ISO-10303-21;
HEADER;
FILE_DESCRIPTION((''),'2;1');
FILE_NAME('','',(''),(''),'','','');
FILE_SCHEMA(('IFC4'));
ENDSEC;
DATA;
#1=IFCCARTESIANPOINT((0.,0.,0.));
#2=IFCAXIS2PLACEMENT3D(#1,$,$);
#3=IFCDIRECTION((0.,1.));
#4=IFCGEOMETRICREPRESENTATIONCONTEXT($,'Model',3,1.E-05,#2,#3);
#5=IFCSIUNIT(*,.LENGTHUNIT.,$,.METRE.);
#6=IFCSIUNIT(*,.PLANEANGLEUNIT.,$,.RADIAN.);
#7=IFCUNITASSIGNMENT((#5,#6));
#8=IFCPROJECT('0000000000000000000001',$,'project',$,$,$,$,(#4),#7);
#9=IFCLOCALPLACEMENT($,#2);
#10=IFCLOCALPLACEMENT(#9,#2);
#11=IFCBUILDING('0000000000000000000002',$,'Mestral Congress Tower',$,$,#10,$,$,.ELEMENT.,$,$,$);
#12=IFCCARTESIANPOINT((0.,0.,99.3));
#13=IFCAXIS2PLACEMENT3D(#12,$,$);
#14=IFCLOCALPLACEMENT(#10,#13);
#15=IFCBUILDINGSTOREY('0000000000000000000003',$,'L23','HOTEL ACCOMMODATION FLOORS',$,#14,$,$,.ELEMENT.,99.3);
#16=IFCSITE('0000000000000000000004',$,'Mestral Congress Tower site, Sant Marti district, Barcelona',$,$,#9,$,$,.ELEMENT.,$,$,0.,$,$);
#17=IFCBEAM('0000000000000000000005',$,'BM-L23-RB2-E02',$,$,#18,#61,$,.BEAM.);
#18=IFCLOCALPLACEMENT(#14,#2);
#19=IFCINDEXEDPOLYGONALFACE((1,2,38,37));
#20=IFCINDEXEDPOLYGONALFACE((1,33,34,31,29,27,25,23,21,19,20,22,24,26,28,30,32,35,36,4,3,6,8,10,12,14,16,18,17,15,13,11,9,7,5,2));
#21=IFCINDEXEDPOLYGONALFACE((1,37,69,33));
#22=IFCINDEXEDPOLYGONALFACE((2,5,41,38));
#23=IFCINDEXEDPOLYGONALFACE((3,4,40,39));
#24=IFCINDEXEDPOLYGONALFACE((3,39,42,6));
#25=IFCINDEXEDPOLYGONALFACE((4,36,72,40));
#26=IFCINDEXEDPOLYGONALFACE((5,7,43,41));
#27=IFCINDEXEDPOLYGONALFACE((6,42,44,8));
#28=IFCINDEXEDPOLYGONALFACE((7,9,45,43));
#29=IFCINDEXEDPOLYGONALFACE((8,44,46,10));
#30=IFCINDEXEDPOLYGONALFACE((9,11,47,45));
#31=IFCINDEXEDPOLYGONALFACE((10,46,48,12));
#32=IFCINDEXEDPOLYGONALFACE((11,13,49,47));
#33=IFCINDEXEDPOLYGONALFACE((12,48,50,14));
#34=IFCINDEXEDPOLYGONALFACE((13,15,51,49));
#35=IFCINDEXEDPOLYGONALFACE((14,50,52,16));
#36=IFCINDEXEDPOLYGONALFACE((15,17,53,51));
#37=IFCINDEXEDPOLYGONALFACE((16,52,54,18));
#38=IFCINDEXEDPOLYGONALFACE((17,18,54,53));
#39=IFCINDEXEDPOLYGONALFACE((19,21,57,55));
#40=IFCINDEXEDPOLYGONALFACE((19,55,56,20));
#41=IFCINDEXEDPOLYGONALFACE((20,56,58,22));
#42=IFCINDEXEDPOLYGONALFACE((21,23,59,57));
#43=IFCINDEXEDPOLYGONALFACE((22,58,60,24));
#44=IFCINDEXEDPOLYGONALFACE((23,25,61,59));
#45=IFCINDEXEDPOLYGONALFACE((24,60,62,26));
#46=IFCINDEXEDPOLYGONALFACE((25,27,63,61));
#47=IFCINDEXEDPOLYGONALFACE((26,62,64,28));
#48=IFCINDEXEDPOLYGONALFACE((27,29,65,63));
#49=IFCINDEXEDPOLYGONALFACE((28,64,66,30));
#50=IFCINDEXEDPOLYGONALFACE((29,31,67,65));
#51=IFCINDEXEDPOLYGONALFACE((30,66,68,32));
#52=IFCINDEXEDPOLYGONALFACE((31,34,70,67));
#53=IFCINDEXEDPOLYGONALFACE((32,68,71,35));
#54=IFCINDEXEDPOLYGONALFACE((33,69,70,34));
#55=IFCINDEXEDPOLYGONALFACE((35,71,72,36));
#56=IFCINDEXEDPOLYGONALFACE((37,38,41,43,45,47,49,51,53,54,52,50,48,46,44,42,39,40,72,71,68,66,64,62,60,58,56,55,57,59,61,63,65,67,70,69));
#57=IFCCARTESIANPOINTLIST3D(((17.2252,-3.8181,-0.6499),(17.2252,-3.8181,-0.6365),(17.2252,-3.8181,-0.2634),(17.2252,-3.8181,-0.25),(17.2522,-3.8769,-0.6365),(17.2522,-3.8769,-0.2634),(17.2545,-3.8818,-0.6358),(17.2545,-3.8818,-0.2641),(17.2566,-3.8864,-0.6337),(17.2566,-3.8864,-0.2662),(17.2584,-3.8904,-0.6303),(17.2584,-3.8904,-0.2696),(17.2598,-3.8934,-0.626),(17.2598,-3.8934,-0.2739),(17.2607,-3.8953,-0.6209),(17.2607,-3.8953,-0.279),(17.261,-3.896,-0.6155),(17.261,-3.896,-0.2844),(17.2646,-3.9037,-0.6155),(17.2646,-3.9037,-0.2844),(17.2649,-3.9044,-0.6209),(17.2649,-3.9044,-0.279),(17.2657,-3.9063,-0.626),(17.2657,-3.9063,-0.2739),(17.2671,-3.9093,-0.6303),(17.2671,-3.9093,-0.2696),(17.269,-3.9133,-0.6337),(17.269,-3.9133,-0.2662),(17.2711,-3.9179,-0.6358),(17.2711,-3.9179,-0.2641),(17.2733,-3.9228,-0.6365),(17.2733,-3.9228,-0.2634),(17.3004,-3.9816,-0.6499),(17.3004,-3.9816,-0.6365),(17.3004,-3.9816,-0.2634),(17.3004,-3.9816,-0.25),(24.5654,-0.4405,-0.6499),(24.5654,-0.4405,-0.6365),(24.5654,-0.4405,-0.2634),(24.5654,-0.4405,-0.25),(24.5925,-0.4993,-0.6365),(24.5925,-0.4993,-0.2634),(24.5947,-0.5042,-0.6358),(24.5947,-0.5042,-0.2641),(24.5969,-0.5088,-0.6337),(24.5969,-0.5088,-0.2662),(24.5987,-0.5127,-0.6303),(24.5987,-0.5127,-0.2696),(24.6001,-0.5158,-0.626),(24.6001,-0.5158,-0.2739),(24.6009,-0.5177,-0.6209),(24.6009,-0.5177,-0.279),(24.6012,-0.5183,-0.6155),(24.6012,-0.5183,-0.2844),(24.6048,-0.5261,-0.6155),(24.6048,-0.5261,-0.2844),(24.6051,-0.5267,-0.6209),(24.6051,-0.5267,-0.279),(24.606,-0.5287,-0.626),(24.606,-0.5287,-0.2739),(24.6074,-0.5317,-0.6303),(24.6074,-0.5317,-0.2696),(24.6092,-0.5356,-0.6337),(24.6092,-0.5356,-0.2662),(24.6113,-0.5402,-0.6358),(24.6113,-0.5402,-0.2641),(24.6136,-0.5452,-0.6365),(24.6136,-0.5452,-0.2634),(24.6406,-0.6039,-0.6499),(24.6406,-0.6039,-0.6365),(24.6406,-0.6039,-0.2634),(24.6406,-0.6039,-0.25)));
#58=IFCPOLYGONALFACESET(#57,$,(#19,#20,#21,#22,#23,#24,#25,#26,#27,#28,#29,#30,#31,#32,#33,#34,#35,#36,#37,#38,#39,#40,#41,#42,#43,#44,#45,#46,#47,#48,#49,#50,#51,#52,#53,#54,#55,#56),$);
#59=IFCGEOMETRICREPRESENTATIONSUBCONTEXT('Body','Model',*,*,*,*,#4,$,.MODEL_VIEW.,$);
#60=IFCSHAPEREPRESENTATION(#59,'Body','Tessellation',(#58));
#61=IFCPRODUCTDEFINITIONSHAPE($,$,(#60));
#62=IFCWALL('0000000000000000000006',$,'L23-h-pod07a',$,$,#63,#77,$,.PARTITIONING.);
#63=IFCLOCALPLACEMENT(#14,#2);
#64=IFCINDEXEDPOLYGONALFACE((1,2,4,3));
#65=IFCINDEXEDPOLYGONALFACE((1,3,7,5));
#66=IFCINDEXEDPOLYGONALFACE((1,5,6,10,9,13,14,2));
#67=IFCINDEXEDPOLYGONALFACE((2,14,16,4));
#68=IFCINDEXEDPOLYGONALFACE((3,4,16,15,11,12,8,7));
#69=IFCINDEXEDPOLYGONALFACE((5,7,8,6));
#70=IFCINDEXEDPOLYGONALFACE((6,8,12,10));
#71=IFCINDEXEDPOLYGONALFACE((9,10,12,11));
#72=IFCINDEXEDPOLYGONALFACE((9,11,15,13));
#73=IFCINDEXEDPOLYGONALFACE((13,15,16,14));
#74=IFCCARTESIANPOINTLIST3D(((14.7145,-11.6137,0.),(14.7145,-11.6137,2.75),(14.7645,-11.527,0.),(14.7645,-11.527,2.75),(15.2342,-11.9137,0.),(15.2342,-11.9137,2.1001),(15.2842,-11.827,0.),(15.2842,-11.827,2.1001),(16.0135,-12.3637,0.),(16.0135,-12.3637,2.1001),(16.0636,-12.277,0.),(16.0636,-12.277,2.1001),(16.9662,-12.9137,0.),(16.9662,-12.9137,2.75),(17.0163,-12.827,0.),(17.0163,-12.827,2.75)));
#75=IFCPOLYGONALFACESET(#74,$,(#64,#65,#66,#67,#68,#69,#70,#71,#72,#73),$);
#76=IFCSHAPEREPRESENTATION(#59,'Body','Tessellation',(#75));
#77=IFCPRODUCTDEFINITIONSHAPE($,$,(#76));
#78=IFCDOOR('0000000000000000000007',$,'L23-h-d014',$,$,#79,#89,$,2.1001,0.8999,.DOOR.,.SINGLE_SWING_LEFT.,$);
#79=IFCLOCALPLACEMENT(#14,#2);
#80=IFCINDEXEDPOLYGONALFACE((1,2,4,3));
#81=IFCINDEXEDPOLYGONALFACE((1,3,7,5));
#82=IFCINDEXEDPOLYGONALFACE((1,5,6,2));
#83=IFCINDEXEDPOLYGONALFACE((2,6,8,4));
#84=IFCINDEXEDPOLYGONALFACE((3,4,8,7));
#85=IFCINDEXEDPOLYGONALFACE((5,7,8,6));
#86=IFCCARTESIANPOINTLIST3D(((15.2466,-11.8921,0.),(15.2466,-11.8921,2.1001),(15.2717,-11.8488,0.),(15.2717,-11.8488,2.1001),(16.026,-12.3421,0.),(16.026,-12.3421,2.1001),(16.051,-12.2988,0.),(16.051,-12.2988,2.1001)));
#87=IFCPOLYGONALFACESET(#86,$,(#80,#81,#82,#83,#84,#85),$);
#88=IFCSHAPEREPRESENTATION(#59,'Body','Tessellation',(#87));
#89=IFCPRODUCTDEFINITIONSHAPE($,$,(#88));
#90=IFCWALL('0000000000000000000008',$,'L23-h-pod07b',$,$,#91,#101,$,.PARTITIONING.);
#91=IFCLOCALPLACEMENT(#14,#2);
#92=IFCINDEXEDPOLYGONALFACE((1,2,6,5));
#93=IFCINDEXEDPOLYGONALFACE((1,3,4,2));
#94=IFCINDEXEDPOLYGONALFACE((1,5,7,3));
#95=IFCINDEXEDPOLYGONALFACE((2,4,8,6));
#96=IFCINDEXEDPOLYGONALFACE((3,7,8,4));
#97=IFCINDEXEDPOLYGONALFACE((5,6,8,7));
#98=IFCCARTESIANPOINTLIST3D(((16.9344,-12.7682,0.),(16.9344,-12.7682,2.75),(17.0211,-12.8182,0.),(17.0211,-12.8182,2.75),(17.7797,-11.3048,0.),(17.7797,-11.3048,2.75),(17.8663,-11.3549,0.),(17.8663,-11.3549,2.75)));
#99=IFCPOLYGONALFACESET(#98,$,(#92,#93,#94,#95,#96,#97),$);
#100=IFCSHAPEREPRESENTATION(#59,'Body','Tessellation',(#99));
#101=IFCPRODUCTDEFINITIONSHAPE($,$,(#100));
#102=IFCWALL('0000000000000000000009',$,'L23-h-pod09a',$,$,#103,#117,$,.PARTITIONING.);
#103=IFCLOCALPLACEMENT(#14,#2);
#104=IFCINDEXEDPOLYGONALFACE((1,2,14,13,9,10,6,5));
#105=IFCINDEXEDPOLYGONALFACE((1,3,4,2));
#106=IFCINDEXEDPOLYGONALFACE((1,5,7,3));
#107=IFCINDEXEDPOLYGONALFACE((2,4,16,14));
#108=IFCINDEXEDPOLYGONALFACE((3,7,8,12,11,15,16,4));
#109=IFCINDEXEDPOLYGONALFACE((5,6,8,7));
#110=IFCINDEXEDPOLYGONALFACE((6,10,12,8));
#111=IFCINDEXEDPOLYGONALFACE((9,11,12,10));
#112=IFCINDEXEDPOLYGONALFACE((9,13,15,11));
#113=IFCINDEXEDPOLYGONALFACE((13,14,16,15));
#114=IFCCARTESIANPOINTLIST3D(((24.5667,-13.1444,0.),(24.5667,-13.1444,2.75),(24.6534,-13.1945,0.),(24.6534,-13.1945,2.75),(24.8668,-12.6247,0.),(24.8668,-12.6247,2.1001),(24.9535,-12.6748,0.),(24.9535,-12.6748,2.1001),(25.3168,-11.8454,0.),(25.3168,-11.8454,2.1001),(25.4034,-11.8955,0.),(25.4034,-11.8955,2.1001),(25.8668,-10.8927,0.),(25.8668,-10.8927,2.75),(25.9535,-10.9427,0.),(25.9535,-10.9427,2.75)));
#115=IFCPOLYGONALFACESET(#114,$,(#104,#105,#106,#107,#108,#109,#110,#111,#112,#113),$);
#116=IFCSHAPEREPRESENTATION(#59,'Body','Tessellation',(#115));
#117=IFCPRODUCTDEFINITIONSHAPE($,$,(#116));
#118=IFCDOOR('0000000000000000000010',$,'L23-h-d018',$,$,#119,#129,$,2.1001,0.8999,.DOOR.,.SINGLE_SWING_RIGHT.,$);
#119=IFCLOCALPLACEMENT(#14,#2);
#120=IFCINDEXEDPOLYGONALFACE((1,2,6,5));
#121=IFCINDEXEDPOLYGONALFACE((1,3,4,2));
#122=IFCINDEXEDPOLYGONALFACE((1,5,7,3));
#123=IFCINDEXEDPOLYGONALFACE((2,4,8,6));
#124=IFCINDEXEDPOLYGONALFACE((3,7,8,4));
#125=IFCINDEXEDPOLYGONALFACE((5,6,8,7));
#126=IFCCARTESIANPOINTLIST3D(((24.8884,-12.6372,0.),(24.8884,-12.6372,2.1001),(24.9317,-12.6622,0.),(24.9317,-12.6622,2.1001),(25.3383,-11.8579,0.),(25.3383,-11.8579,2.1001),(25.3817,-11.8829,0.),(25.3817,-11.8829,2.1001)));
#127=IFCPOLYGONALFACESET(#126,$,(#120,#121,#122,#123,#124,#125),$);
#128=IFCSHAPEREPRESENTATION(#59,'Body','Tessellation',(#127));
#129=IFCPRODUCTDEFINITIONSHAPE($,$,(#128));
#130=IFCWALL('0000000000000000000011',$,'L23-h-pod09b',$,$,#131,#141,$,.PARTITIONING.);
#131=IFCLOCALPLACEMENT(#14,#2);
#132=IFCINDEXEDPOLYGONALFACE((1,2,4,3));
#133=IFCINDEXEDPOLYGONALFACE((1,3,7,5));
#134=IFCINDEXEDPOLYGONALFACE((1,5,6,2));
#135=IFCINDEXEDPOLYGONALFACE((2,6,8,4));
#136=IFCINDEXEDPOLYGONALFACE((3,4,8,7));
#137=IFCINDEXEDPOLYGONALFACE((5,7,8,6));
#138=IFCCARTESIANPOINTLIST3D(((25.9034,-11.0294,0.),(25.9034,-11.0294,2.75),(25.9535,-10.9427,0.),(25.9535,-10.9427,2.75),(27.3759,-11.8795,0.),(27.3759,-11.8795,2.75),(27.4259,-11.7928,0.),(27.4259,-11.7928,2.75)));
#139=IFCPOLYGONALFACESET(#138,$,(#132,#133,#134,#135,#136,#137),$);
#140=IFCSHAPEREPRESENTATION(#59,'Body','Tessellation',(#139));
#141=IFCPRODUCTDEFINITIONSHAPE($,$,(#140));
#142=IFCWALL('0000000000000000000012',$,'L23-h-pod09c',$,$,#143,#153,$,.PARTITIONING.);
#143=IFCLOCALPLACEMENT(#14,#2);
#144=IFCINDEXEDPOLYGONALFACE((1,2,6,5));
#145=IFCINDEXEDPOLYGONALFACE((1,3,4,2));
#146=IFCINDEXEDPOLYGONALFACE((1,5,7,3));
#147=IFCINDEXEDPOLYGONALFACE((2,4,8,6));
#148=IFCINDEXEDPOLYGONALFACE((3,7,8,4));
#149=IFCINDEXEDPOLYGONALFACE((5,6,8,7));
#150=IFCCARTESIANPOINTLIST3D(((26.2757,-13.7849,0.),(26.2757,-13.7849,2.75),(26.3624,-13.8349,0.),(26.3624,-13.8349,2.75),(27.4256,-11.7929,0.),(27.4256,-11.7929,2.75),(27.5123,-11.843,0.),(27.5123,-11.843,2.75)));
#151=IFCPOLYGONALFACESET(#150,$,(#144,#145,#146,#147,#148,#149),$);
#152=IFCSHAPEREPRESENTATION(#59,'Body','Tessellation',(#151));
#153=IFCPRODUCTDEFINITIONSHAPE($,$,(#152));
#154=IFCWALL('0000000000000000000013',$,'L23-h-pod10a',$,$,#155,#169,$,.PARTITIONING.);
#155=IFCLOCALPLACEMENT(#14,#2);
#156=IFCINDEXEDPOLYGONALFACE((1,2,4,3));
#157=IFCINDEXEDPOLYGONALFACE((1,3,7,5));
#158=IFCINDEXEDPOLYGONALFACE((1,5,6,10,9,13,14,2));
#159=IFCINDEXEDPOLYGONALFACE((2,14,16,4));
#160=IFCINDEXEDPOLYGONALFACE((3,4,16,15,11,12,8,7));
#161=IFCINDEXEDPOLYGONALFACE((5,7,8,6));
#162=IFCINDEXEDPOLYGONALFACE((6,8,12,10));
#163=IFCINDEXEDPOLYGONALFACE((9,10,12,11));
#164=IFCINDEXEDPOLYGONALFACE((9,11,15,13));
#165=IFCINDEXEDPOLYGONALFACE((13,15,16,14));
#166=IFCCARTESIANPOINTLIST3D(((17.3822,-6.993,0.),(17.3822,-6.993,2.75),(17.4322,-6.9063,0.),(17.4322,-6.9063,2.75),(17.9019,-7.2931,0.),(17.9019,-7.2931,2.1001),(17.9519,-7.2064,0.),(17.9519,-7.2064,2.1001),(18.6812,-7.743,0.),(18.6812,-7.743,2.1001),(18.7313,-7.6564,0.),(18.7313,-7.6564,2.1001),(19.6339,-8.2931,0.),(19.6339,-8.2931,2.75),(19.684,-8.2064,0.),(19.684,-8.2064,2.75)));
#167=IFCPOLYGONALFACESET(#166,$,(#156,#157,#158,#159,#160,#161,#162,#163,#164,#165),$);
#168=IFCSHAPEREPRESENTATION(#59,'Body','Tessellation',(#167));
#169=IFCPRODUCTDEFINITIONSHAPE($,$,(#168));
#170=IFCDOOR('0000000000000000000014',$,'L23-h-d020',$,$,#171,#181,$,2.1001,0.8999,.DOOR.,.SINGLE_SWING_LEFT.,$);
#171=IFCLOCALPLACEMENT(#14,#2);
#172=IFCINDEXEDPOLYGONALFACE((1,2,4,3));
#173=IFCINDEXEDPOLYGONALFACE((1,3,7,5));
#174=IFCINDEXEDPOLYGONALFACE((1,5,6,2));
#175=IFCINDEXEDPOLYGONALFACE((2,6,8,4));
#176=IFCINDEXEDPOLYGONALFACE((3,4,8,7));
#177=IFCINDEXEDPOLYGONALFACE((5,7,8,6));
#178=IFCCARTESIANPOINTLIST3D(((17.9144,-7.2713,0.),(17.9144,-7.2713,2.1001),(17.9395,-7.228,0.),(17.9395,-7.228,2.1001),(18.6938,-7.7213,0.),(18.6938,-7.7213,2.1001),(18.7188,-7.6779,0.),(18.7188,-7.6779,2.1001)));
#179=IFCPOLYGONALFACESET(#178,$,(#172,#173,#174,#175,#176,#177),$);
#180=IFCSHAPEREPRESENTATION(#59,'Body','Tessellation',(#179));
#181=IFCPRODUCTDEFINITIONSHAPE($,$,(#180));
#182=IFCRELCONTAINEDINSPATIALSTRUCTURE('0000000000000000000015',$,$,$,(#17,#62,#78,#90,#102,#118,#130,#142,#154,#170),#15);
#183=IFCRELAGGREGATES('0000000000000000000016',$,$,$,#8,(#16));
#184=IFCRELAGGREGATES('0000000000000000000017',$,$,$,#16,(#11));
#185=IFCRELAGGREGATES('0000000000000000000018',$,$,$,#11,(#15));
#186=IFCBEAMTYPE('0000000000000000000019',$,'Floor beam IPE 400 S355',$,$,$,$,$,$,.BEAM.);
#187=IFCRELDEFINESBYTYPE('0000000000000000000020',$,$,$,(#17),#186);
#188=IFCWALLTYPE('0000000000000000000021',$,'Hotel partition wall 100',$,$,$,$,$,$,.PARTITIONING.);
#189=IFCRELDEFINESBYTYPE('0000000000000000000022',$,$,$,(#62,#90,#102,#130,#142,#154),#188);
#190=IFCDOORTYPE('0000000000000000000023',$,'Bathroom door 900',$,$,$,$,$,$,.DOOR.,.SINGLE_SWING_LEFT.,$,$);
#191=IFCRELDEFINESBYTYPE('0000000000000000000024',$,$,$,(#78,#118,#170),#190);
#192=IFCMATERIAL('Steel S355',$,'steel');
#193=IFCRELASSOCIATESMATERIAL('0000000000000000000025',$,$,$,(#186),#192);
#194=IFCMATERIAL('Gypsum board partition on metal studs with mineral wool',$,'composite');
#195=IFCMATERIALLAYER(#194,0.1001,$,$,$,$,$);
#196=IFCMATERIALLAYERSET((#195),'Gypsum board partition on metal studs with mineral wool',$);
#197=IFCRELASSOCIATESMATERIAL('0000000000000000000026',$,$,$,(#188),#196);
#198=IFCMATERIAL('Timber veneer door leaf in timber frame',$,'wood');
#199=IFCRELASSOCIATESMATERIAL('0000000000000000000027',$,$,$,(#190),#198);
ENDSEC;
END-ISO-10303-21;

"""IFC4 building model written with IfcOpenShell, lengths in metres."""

from ifc_helpers import new_model, si_unit, direction, frame, frame_2d, origin, origin_2d, place, context, subcontext, project, spatial, rectangle, i_section, extrude, material, layer, layer_set, material_profile, profile_set, type_object, element, fill, save


model = new_model("IFC4")

# Units and contexts
model_context = context("Model", 3, precision=1e-05, world=origin(), true_north=direction((0.0, 1.0)))
body_context = subcontext(model_context, "Body", "Model", "MODEL_VIEW")
ifc_project = project(units=[si_unit("LENGTHUNIT", "METRE"), si_unit("PLANEANGLEUNIT", "RADIAN")], contexts=[model_context])

# Site, building, storey
site_placement = place(None, origin())
site = spatial("IfcSite", under=ifc_project, at=site_placement, Name="Mestral Congress Tower site, Sant Marti district, Barcelona", CompositionType="ELEMENT", RefElevation=0.0)
building_placement = place(site_placement, origin())
building = spatial("IfcBuilding", under=site, at=building_placement, Name="Mestral Congress Tower", CompositionType="ELEMENT")
storey_placement = place(building_placement, frame((0.0, 0.0, 99.3)))
storey = spatial("IfcBuildingStorey", under=building, at=storey_placement, Name="L23", Description="HOTEL ACCOMMODATION FLOORS", CompositionType="ELEMENT", Elevation=99.3)

# Beam
ifc_material_1 = material(Name="Steel S355", Category="steel")
ifc_material_profile = material_profile(ifc_material_1, i_section(OverallWidth=0.1799, OverallDepth=0.3999, WebThickness=0.0085, FlangeThickness=0.0134, FilletRadius=0.021, at=origin_2d()), Name="IPE 400")
ifc_profile_set = profile_set([ifc_material_profile], Name="Steel S355")
beam_type = type_object("IfcBeamType", Name="Floor beam IPE 400 S355", PredefinedType="BEAM", material=ifc_profile_set)
beam_placement = place(storey_placement, frame((24.603, -0.5222, -0.45), z_axis=(-0.908437, -0.418021, 0.0), x_axis=(0.418021, -0.908437, 0.0)))
element("IfcBeam", 1, at=beam_placement, inside=storey, type_object=beam_type, Name="BM-L23-RB2-E02", PredefinedType="BEAM", context=body_context, shape_type="SweptSolid", body=[
    extrude(i_section(OverallWidth=0.1799, OverallDepth=0.3999, WebThickness=0.0085, FlangeThickness=0.0134, FilletRadius=0.021, at=origin_2d()), origin(), (0.0, 0.0, 1.0), 8.0801),
])

# Wall, opening, door
ifc_material_2 = material(Name="Gypsum board partition on metal studs with mineral wool", Category="composite")
ifc_layer_1 = layer(ifc_material_2, 0.1001)
ifc_layer_set_1 = layer_set([ifc_layer_1], Name="Gypsum board partition on metal studs with mineral wool")
wall_type_1 = type_object("IfcWallType", Name="Hotel partition wall 100", PredefinedType="PARTITIONING", material=ifc_layer_set_1)
wall_1_placement = place(storey_placement, frame((14.7395, -11.5703, 0.0), z_axis=(0.0, 0.0, 1.0), x_axis=(0.866021, -0.500007, 0.0)))
wall_1 = element("IfcWall", 2, at=wall_1_placement, inside=storey, type_object=wall_type_1, Name="L23-h-pod07a", PredefinedType="PARTITIONING", context=body_context, shape_type="SweptSolid", body=[
    extrude(rectangle(XDim=2.6001, YDim=0.1001, at=frame_2d((1.3, 0.0))), origin(), (0.0, 0.0, 1.0), 2.75),
])
opening_1_placement = place(wall_1_placement, frame((0.6001, 0.0, 0.0)))
opening_1 = element("IfcOpeningElement", 3, at=opening_1_placement, cuts=wall_1, PredefinedType="OPENING", context=body_context, shape_type="SweptSolid", body=[
    extrude(rectangle(XDim=0.8999, YDim=2.1001, at=frame_2d((0.45, 1.05))), frame((0.0, 0.0601, 0.0), z_axis=(0.0, -1.0, 0.0), x_axis=(1.0, 0.0, 0.0)), (0.0, 0.0, 1.0), 0.1201),
])
ifc_material_3 = material(Name="Timber veneer door leaf in timber frame", Category="wood")
door_type_1 = type_object("IfcDoorType", Name="Bathroom door 900", OperationType="SINGLE_SWING_LEFT", PredefinedType="DOOR", material=ifc_material_3)
door_1_placement = place(opening_1_placement, origin())
door_1 = element("IfcDoor", 4, at=door_1_placement, inside=storey, type_object=door_type_1, Name="L23-h-d014", OperationType="SINGLE_SWING_LEFT", OverallHeight=2.1001, OverallWidth=0.8999, PredefinedType="DOOR", context=body_context, shape_type="SweptSolid", body=[
    extrude(rectangle(XDim=0.8999, YDim=2.1001, at=frame_2d((0.45, 1.05))), frame((0.0, 0.0249, 0.0), z_axis=(0.0, -1.0, 0.0), x_axis=(1.0, 0.0, 0.0)), (0.0, 0.0, 1.0), 0.05),
])
fill(opening_1, door_1)

# Wall
wall_2_placement = place(storey_placement, frame((16.9778, -12.7932, 0.0), z_axis=(0.0, 0.0, 1.0), x_axis=(0.500148, 0.86594, 0.0)))
element("IfcWall", 5, at=wall_2_placement, inside=storey, type_object=wall_type_1, Name="L23-h-pod07b", PredefinedType="PARTITIONING", context=body_context, shape_type="SweptSolid", body=[
    extrude(rectangle(XDim=1.6899, YDim=0.1001, at=frame_2d((0.845, 0.0))), origin(), (0.0, 0.0, 1.0), 2.75),
])

# Wall, opening, door
wall_3_placement = place(storey_placement, frame((25.9102, -10.9177, 0.0), z_axis=(0.0, 0.0, 1.0), x_axis=(-0.500007, -0.866021, 0.0)))
wall_3 = element("IfcWall", 6, at=wall_3_placement, inside=storey, type_object=wall_type_1, Name="L23-h-pod09a", PredefinedType="PARTITIONING", context=body_context, shape_type="SweptSolid", body=[
    extrude(rectangle(XDim=2.6001, YDim=0.1001, at=frame_2d((1.3, 0.0))), origin(), (0.0, 0.0, 1.0), 2.75),
])
opening_2_placement = place(wall_3_placement, frame((1.1001, 0.0, 0.0)))
opening_2 = element("IfcOpeningElement", 7, at=opening_2_placement, cuts=wall_3, PredefinedType="OPENING", context=body_context, shape_type="SweptSolid", body=[
    extrude(rectangle(XDim=0.8999, YDim=2.1001, at=frame_2d((0.45, 1.05))), frame((0.0, 0.0601, 0.0), z_axis=(0.0, -1.0, 0.0), x_axis=(1.0, 0.0, 0.0)), (0.0, 0.0, 1.0), 0.1201),
])
door_2_placement = place(opening_2_placement, origin())
door_2 = element("IfcDoor", 8, at=door_2_placement, inside=storey, type_object=door_type_1, Name="L23-h-d018", OperationType="SINGLE_SWING_RIGHT", OverallHeight=2.1001, OverallWidth=0.8999, PredefinedType="DOOR", context=body_context, shape_type="SweptSolid", body=[
    extrude(rectangle(XDim=0.8999, YDim=2.1001, at=frame_2d((0.45, 1.05))), frame((0.0, 0.0249, 0.0), z_axis=(0.0, -1.0, 0.0), x_axis=(1.0, 0.0, 0.0)), (0.0, 0.0, 1.0), 0.05),
])
fill(opening_2, door_2)

# Walls
wall_4_placement = place(storey_placement, frame((25.9285, -10.9861, 0.0), z_axis=(0.0, 0.0, 1.0), x_axis=(0.866025, -0.5, 0.0)))
element("IfcWall", 9, at=wall_4_placement, inside=storey, type_object=wall_type_1, Name="L23-h-pod09b", PredefinedType="PARTITIONING", context=body_context, shape_type="SweptSolid", body=[
    extrude(rectangle(XDim=1.7002, YDim=0.1001, at=frame_2d((0.8501, 0.0))), origin(), (0.0, 0.0, 1.0), 2.75),
])
wall_5_placement = place(storey_placement, frame((26.3191, -13.8098, 0.0), z_axis=(0.0, 0.0, 1.0), x_axis=(0.499952, 0.866053, 0.0)))
element("IfcWall", 10, at=wall_5_placement, inside=storey, type_object=wall_type_1, Name="L23-h-pod09c", PredefinedType="PARTITIONING", context=body_context, shape_type="SweptSolid", body=[
    extrude(rectangle(XDim=2.3, YDim=0.1001, at=frame_2d((1.1499, 0.0))), origin(), (0.0, 0.0, 1.0), 2.75),
])

# Wall, opening, door
wall_6_placement = place(storey_placement, frame((19.6589, -8.2498, 0.0), z_axis=(0.0, 0.0, 1.0), x_axis=(-0.866021, 0.500007, 0.0)))
wall_6 = element("IfcWall", 11, at=wall_6_placement, inside=storey, type_object=wall_type_1, Name="L23-h-pod10a", PredefinedType="PARTITIONING", context=body_context, shape_type="SweptSolid", body=[
    extrude(rectangle(XDim=2.6001, YDim=0.1001, at=frame_2d((1.3, 0.0))), origin(), (0.0, 0.0, 1.0), 2.75),
])
opening_3_placement = place(wall_6_placement, frame((1.1001, 0.0, 0.0)))
opening_3 = element("IfcOpeningElement", 12, at=opening_3_placement, cuts=wall_6, PredefinedType="OPENING", context=body_context, shape_type="SweptSolid", body=[
    extrude(rectangle(XDim=0.8999, YDim=2.1001, at=frame_2d((0.45, 1.05))), frame((0.0, 0.0601, 0.0), z_axis=(0.0, -1.0, 0.0), x_axis=(1.0, 0.0, 0.0)), (0.0, 0.0, 1.0), 0.1201),
])
door_3_placement = place(opening_3_placement, origin())
door_3 = element("IfcDoor", 13, at=door_3_placement, inside=storey, type_object=door_type_1, Name="L23-h-d020", OperationType="SINGLE_SWING_LEFT", OverallHeight=2.1001, OverallWidth=0.8999, PredefinedType="DOOR", context=body_context, shape_type="SweptSolid", body=[
    extrude(rectangle(XDim=0.8999, YDim=2.1001, at=frame_2d((0.45, 1.05))), frame((0.0, 0.0249, 0.0), z_axis=(0.0, -1.0, 0.0), x_axis=(1.0, 0.0, 0.0)), (0.0, 0.0, 1.0), 0.05),
])
fill(opening_3, door_3)

save(model, "model.ifc")
